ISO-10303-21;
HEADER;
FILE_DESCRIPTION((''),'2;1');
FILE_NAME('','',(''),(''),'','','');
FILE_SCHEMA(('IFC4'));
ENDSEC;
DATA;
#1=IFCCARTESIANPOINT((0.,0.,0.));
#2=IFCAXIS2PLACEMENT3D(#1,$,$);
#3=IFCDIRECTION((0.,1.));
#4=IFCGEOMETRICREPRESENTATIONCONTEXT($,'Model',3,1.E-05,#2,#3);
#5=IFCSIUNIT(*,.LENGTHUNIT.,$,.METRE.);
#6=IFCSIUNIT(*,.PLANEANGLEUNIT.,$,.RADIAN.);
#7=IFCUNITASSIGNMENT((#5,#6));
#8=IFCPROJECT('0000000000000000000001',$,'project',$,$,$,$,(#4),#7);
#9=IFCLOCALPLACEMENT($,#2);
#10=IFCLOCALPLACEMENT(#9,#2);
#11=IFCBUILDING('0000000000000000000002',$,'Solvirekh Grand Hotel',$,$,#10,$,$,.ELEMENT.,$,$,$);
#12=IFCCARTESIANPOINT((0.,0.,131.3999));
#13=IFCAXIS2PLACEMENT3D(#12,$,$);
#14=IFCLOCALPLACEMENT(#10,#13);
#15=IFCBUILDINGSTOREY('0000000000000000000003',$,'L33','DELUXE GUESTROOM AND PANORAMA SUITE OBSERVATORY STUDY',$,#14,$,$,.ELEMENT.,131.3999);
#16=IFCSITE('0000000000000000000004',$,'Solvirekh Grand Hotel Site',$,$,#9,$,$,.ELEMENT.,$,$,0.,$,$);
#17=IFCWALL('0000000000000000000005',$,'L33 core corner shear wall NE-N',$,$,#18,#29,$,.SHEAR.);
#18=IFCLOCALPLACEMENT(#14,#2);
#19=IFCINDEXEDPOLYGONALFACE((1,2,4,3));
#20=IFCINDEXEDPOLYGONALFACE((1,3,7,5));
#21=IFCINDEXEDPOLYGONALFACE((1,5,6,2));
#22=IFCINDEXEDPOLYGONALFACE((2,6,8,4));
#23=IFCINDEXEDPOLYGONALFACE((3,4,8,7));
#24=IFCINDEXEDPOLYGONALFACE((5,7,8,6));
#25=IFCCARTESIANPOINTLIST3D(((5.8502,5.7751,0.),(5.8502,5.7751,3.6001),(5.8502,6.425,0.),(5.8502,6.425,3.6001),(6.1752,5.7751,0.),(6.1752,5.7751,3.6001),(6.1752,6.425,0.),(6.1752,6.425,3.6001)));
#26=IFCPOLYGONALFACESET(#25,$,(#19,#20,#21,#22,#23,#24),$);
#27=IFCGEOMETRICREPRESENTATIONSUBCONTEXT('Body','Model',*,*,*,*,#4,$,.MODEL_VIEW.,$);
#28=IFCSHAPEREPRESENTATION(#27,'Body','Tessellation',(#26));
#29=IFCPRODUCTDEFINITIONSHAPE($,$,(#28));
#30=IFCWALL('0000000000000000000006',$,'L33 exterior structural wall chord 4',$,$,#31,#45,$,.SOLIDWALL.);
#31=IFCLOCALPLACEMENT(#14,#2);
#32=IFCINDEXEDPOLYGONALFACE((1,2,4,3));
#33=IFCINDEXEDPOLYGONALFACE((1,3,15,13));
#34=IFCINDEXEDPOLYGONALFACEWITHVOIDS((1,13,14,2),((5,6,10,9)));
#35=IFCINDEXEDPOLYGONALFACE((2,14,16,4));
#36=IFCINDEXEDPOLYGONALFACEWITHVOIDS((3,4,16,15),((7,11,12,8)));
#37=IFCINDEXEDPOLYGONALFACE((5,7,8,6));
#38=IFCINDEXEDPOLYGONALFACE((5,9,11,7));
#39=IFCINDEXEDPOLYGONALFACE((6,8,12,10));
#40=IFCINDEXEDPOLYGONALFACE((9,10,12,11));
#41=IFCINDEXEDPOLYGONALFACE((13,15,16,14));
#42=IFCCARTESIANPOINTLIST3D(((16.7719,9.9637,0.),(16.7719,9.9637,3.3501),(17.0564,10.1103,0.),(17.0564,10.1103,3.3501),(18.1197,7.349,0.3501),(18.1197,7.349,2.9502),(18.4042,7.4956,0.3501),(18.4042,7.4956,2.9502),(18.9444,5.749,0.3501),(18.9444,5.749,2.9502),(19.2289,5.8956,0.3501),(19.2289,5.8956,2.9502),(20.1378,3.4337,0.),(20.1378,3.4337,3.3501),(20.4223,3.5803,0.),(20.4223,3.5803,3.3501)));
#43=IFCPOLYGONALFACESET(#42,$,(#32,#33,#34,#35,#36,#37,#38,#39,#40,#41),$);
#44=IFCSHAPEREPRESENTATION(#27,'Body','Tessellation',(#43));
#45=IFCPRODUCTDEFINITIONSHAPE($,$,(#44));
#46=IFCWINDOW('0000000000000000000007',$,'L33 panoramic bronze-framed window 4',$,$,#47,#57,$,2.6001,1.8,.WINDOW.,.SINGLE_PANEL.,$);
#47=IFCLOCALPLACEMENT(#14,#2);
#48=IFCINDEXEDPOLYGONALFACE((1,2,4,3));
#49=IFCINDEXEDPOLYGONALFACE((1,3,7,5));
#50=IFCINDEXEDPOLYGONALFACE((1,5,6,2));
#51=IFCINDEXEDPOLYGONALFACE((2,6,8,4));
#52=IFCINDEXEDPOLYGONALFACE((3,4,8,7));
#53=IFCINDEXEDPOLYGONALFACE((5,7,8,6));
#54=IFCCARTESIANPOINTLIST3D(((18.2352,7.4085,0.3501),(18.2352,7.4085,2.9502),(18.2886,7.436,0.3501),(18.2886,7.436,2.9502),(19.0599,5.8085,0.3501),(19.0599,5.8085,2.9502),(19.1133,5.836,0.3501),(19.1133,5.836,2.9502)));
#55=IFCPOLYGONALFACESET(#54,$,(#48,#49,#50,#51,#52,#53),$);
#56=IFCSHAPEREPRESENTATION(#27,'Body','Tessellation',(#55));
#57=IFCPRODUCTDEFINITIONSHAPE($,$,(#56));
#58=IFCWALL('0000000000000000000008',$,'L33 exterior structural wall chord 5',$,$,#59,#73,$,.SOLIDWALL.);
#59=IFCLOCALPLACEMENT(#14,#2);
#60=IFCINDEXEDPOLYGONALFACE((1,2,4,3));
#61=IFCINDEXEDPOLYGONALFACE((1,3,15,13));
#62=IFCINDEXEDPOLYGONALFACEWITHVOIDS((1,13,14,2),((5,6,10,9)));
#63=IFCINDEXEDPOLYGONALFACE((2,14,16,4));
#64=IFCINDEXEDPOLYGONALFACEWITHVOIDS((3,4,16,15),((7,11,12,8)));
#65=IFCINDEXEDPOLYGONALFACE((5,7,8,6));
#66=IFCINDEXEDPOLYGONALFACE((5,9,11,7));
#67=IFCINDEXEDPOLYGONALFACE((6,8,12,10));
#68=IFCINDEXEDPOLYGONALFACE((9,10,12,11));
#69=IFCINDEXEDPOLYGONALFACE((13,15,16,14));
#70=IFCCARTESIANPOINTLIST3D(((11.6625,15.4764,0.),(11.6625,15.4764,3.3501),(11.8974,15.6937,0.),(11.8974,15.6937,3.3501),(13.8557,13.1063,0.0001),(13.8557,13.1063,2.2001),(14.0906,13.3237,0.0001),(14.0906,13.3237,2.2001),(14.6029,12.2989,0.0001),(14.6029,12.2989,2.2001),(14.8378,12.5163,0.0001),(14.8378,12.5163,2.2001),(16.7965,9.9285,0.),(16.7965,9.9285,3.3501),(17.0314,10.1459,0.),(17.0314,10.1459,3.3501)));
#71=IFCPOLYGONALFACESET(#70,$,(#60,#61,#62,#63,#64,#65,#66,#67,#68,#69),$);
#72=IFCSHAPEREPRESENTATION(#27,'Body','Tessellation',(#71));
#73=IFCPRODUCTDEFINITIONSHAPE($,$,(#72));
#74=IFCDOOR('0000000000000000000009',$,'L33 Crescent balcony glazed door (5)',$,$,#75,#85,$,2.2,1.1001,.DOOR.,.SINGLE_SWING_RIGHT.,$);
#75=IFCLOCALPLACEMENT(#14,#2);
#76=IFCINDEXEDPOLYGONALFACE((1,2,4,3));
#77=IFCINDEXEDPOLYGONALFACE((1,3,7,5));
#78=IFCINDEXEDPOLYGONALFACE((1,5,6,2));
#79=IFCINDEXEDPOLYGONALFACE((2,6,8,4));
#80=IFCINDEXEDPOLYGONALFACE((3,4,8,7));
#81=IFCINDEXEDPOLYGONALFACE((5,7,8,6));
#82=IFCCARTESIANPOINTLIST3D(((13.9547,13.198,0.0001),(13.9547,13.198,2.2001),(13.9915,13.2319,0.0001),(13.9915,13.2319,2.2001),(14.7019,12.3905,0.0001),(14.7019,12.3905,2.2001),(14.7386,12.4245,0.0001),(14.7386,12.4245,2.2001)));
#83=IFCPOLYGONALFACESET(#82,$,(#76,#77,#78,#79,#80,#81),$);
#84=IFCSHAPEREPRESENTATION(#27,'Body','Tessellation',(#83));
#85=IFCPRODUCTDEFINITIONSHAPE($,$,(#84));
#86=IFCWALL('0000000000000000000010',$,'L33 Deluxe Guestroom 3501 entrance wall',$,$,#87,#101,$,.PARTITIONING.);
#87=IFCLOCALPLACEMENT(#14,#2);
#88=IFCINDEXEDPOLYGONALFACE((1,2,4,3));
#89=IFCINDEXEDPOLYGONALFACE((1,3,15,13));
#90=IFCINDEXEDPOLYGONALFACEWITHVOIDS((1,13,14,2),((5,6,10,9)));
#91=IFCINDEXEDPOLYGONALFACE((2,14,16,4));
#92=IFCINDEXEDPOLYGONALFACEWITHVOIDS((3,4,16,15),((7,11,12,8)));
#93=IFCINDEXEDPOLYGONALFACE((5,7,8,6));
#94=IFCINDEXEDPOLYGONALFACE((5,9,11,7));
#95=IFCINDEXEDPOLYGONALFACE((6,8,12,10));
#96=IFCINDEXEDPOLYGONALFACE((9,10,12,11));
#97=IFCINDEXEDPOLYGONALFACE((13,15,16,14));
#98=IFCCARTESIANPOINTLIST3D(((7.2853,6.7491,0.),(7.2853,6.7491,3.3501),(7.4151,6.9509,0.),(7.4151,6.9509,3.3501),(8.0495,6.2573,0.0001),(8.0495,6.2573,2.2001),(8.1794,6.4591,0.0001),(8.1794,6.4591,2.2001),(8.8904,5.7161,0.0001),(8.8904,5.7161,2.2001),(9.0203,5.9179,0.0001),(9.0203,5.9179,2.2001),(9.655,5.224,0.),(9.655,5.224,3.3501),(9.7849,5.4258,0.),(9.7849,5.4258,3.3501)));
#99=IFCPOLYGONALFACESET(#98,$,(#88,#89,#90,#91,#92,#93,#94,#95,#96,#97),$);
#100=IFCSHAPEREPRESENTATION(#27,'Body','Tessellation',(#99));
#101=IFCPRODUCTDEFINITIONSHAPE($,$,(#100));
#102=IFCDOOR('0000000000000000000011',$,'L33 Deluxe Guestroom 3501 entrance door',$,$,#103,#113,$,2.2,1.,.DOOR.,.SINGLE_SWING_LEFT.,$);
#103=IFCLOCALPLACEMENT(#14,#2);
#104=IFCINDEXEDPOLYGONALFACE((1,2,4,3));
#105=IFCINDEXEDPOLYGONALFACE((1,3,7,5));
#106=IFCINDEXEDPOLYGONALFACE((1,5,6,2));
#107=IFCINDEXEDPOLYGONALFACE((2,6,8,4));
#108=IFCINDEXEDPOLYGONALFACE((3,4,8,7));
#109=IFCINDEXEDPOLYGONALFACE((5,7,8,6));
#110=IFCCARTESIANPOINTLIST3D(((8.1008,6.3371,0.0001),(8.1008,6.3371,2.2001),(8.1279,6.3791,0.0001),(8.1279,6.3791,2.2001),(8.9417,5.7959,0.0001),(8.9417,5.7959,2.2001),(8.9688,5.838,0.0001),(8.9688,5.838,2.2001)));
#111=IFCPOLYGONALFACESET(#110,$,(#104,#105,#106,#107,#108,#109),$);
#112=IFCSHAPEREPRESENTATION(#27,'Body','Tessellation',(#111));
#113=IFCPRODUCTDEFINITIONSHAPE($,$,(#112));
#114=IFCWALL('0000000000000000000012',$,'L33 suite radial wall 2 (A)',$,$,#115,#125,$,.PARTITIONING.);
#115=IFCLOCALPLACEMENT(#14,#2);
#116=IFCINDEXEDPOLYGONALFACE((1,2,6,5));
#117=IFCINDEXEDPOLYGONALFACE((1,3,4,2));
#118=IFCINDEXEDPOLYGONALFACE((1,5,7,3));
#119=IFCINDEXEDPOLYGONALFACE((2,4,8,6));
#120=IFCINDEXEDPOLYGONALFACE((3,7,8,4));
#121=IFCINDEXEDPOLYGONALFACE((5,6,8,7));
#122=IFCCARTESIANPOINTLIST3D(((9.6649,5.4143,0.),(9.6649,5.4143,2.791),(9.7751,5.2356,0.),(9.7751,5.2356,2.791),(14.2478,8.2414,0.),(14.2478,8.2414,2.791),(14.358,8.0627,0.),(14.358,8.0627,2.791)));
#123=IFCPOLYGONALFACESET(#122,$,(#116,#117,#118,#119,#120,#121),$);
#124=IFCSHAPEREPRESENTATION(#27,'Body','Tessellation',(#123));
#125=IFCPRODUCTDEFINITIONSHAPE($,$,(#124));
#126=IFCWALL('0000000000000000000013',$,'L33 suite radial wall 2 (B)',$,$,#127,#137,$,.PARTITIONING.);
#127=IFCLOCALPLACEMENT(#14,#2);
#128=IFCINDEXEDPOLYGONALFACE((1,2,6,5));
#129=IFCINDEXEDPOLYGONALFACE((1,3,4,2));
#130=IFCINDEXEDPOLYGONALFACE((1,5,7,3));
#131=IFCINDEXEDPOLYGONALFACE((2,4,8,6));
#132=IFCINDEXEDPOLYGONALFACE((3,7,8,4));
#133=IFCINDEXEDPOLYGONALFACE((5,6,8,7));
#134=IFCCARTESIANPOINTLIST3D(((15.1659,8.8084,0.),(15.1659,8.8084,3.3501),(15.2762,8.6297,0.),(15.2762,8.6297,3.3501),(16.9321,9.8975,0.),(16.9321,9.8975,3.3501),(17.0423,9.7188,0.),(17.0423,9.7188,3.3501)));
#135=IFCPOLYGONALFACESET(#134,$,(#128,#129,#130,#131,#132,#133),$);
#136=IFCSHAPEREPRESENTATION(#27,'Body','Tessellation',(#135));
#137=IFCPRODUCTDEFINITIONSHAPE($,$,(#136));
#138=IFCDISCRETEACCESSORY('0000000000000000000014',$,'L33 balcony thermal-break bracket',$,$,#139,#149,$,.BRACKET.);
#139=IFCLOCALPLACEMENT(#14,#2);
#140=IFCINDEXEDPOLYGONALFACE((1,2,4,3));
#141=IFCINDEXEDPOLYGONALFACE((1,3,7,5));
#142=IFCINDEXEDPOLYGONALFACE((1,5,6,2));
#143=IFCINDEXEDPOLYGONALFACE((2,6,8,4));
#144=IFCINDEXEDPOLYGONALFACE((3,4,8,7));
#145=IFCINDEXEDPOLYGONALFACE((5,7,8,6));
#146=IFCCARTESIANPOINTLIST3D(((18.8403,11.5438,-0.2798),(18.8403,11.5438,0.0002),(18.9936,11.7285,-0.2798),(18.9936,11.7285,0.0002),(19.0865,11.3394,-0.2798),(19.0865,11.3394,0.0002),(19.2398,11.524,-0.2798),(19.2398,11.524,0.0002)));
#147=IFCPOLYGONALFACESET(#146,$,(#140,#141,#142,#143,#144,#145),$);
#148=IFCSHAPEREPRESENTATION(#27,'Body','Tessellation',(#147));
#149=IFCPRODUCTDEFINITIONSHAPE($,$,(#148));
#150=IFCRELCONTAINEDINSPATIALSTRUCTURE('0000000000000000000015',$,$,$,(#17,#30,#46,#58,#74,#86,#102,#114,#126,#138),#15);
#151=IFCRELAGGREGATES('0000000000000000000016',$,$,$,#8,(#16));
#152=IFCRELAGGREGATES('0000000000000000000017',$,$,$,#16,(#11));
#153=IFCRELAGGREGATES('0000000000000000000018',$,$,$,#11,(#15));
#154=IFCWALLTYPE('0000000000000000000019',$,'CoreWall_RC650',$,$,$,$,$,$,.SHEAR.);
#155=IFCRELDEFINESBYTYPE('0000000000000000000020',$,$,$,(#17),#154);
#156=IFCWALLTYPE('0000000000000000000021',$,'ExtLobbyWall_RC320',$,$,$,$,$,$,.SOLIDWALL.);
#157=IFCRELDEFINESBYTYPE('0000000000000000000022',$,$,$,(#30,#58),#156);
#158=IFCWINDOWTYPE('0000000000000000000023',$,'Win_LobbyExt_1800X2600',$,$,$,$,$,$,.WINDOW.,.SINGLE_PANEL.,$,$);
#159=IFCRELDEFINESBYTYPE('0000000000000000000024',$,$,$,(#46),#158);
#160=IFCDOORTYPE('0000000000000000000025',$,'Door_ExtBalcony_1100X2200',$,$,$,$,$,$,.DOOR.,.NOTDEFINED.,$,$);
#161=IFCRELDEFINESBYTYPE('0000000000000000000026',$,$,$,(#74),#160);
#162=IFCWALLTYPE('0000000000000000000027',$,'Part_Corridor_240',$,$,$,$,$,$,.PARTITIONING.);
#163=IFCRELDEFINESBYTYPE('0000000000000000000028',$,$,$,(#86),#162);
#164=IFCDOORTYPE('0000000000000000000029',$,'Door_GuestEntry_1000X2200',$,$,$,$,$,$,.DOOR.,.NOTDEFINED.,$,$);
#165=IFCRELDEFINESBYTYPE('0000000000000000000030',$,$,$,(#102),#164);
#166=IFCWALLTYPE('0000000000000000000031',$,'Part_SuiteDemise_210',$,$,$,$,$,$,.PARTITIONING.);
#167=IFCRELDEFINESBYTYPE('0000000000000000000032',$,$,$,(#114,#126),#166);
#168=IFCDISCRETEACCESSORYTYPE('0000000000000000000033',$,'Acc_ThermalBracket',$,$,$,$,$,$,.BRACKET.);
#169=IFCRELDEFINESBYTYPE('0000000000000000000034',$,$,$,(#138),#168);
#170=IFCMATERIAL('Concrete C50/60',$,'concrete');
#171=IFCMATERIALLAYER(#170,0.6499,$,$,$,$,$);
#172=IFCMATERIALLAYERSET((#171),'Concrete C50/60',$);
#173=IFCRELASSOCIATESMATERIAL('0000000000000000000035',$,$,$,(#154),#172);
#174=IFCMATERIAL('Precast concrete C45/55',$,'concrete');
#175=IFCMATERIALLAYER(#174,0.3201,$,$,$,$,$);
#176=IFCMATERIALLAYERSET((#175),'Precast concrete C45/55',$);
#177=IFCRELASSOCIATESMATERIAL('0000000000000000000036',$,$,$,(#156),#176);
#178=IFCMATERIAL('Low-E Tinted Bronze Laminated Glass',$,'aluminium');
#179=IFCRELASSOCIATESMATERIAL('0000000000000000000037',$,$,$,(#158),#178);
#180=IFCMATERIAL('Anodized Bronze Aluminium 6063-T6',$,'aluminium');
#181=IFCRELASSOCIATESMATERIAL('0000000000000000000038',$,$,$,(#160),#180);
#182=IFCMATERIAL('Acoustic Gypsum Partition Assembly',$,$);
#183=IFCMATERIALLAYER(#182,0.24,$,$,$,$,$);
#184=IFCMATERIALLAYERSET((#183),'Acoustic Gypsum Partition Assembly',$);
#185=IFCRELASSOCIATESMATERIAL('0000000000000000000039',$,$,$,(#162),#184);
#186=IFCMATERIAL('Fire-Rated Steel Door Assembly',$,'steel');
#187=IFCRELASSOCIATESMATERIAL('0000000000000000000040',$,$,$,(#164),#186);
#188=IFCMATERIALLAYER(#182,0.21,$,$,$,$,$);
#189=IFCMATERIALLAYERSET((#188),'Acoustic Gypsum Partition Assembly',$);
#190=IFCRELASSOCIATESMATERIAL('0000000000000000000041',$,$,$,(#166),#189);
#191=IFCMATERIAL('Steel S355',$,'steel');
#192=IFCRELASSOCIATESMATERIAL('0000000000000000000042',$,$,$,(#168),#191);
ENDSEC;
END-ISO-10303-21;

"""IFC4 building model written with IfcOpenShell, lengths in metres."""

from ifc_helpers import new_model, si_unit, direction, frame, frame_2d, origin, origin_2d, place, context, subcontext, project, spatial, rectangle, extrude, material, layer, layer_set, type_object, element, fill, save


model = new_model("IFC4")

# Units and contexts
model_context = context("Model", 3, precision=1e-05, world=origin(), true_north=direction((0.0, 1.0)))
body_context = subcontext(model_context, "Body", "Model", "MODEL_VIEW")
ifc_project = project(units=[si_unit("LENGTHUNIT", "METRE"), si_unit("PLANEANGLEUNIT", "RADIAN")], contexts=[model_context])

# Site, building, storey
site_placement = place(None, origin())
site = spatial("IfcSite", under=ifc_project, at=site_placement, Name="Solvirekh Grand Hotel Site", CompositionType="ELEMENT", RefElevation=0.0)
building_placement = place(site_placement, origin())
building = spatial("IfcBuilding", under=site, at=building_placement, Name="Solvirekh Grand Hotel", CompositionType="ELEMENT")
storey_placement = place(building_placement, frame((0.0, 0.0, 131.3999)))
storey = spatial("IfcBuildingStorey", under=building, at=storey_placement, Name="L33", Description="DELUXE GUESTROOM AND PANORAMA SUITE OBSERVATORY STUDY", CompositionType="ELEMENT", Elevation=131.3999)

# Shared definitions
ifc_material_1 = material(Name="Concrete C50/60", Category="concrete")

# Shared definitions
ifc_material_2 = material(Name="Steel S355", Category="steel")

# Wall
ifc_layer_1 = layer(ifc_material_1, 0.6499)
ifc_layer_set_1 = layer_set([ifc_layer_1], Name="Concrete C50/60")
wall_type_1 = type_object("IfcWallType", Name="CoreWall_RC650", PredefinedType="SHEAR", material=ifc_layer_set_1)
wall_1_placement = place(storey_placement, frame((5.8501, 6.1001, 0.0), z_axis=(0.0, 0.0, 1.0), x_axis=(1.0, 0.0, 0.0)))
element("IfcWall", 1, at=wall_1_placement, inside=storey, type_object=wall_type_1, Name="L33 core corner shear wall NE-N", PredefinedType="SHEAR", context=body_context, shape_type="SweptSolid", body=[
    extrude(rectangle(XDim=0.325, YDim=0.6499, at=frame_2d((0.1626, 0.0))), origin(), (0.0, 0.0, 1.0), 3.6001),
])

# Wall, opening, window
ifc_material_3 = material(Name="Precast concrete C45/55", Category="concrete")
ifc_layer_2 = layer(ifc_material_3, 0.3201)
ifc_layer_set_2 = layer_set([ifc_layer_2], Name="Precast concrete C45/55")
wall_type_2 = type_object("IfcWallType", Name="ExtLobbyWall_RC320", PredefinedType="SOLIDWALL", material=ifc_layer_set_2)
wall_2_placement = place(storey_placement, frame((16.9141, 10.0371, 0.0), z_axis=(0.0, 0.0, 1.0), x_axis=(0.458173, -0.888863, 0.0)))
wall_2 = element("IfcWall", 2, at=wall_2_placement, inside=storey, type_object=wall_type_2, Name="L33 exterior structural wall chord 4", PredefinedType="SOLIDWALL", context=body_context, shape_type="SweptSolid", body=[
    extrude(rectangle(XDim=7.3464, YDim=0.3201, at=frame_2d((3.6733, 0.0))), origin(), (0.0, 0.0, 1.0), 3.3501),
])
opening_1_placement = place(wall_2_placement, frame((2.9419, 0.0, 0.3501)))
opening_1 = element("IfcOpeningElement", 3, at=opening_1_placement, cuts=wall_2, PredefinedType="OPENING", context=body_context, shape_type="SweptSolid", body=[
    extrude(rectangle(XDim=1.8, YDim=2.6001, at=frame_2d((0.8999, 1.3))), frame((0.0, 0.1699, 0.0), z_axis=(0.0, -1.0, 0.0), x_axis=(1.0, 0.0, 0.0)), (0.0, 0.0, 1.0), 0.3401),
])
ifc_material_4 = material(Name="Low-E Tinted Bronze Laminated Glass", Category="aluminium")
window_type = type_object("IfcWindowType", Name="Win_LobbyExt_1800X2600", PartitioningType="SINGLE_PANEL", PredefinedType="WINDOW", material=ifc_material_4)
window_placement = place(opening_1_placement, origin())
window = element("IfcWindow", 4, at=window_placement, inside=storey, type_object=window_type, Name="L33 panoramic bronze-framed window 4", OverallHeight=2.6001, OverallWidth=1.8, PartitioningType="SINGLE_PANEL", PredefinedType="WINDOW", context=body_context, shape_type="SweptSolid", body=[
    extrude(rectangle(XDim=1.8, YDim=2.6001, at=frame_2d((0.8999, 1.3))), frame((0.0, 0.03, 0.0), z_axis=(0.0, -1.0, 0.0), x_axis=(1.0, 0.0, 0.0)), (0.0, 0.0, 1.0), 0.0601),
])
fill(opening_1, window)

# Walls, openings, doors
wall_3_placement = place(storey_placement, frame((11.78, 15.585, 0.0), z_axis=(0.0, 0.0, 1.0), x_axis=(0.679204, -0.73395, 0.0)))
wall_3 = element("IfcWall", 5, at=wall_3_placement, inside=storey, type_object=wall_type_2, Name="L33 exterior structural wall chord 5", PredefinedType="SOLIDWALL", context=body_context, shape_type="SweptSolid", body=[
    extrude(rectangle(XDim=7.5588, YDim=0.3201, at=frame_2d((3.7793, 0.0))), origin(), (0.0, 0.0, 1.0), 3.3501),
])
opening_2_placement = place(wall_3_placement, frame((3.229, 0.0, 0.0)))
opening_2 = element("IfcOpeningElement", 6, at=opening_2_placement, cuts=wall_3, PredefinedType="OPENING", context=body_context, shape_type="SweptSolid", body=[
    extrude(rectangle(XDim=1.1001, YDim=2.2, at=frame_2d((0.55, 1.1001))), frame((0.0, 0.1699, 0.0), z_axis=(0.0, -1.0, 0.0), x_axis=(1.0, 0.0, 0.0)), (0.0, 0.0, 1.0), 0.3401),
])
ifc_material_5 = material(Name="Anodized Bronze Aluminium 6063-T6", Category="aluminium")
door_type_1 = type_object("IfcDoorType", Name="Door_ExtBalcony_1100X2200", OperationType="NOTDEFINED", PredefinedType="DOOR", material=ifc_material_5)
door_1_placement = place(opening_2_placement, origin())
door_1 = element("IfcDoor", 7, at=door_1_placement, inside=storey, type_object=door_type_1, Name="L33 Crescent balcony glazed door (5)", OperationType="SINGLE_SWING_RIGHT", OverallHeight=2.2, OverallWidth=1.1001, PredefinedType="DOOR", context=body_context, shape_type="SweptSolid", body=[
    extrude(rectangle(XDim=1.1001, YDim=2.2, at=frame_2d((0.55, 1.1001))), frame((0.0, 0.0249, 0.0), z_axis=(0.0, -1.0, 0.0), x_axis=(1.0, 0.0, 0.0)), (0.0, 0.0, 1.0), 0.05),
])
fill(opening_2, door_1)
ifc_material_6 = material(Name="Acoustic Gypsum Partition Assembly")
ifc_layer_3 = layer(ifc_material_6, 0.24)
ifc_layer_set_3 = layer_set([ifc_layer_3], Name="Acoustic Gypsum Partition Assembly")
wall_type_3 = type_object("IfcWallType", Name="Part_Corridor_240", PredefinedType="PARTITIONING", material=ifc_layer_set_3)
wall_4_placement = place(storey_placement, frame((7.3501, 6.8501, 0.0), z_axis=(0.0, 0.0, 1.0), x_axis=(0.840911, -0.541173, 0.0)))
wall_4 = element("IfcWall", 8, at=wall_4_placement, inside=storey, type_object=wall_type_3, Name="L33 Deluxe Guestroom 3501 entrance wall", PredefinedType="PARTITIONING", context=body_context, shape_type="SweptSolid", body=[
    extrude(rectangle(XDim=2.8181, YDim=0.24, at=frame_2d((1.4092, 0.0))), origin(), (0.0, 0.0, 1.0), 3.3501),
])
opening_3_placement = place(wall_4_placement, frame((0.9089, 0.0, 0.0)))
opening_3 = element("IfcOpeningElement", 9, at=opening_3_placement, cuts=wall_4, PredefinedType="OPENING", context=body_context, shape_type="SweptSolid", body=[
    extrude(rectangle(XDim=1.0, YDim=2.2, at=frame_2d((0.5, 1.1001))), frame((0.0, 0.1299, 0.0), z_axis=(0.0, -1.0, 0.0), x_axis=(1.0, 0.0, 0.0)), (0.0, 0.0, 1.0), 0.26),
])
ifc_material_7 = material(Name="Fire-Rated Steel Door Assembly", Category="steel")
door_type_2 = type_object("IfcDoorType", Name="Door_GuestEntry_1000X2200", OperationType="NOTDEFINED", PredefinedType="DOOR", material=ifc_material_7)
door_2_placement = place(opening_3_placement, origin())
door_2 = element("IfcDoor", 10, at=door_2_placement, inside=storey, type_object=door_type_2, Name="L33 Deluxe Guestroom 3501 entrance door", OperationType="SINGLE_SWING_LEFT", OverallHeight=2.2, OverallWidth=1.0, PredefinedType="DOOR", context=body_context, shape_type="SweptSolid", body=[
    extrude(rectangle(XDim=1.0, YDim=2.2, at=frame_2d((0.5, 1.1001))), frame((0.0, 0.0249, 0.0), z_axis=(0.0, -1.0, 0.0), x_axis=(1.0, 0.0, 0.0)), (0.0, 0.0, 1.0), 0.05),
])
fill(opening_3, door_2)

# Walls
ifc_layer_4 = layer(ifc_material_6, 0.21)
ifc_layer_set_4 = layer_set([ifc_layer_4], Name="Acoustic Gypsum Partition Assembly")
wall_type_4 = type_object("IfcWallType", Name="Part_SuiteDemise_210", PredefinedType="PARTITIONING", material=ifc_layer_set_4)
wall_5_placement = place(storey_placement, frame((9.72, 5.325, 0.0), z_axis=(0.0, 0.0, 1.0), x_axis=(0.851091, 0.525018, 0.0)))
element("IfcWall", 11, at=wall_5_placement, inside=storey, type_object=wall_type_4, Name="L33 suite radial wall 2 (A)", PredefinedType="PARTITIONING", context=body_context, shape_type="SweptSolid", body=[
    extrude(rectangle(XDim=5.3848, YDim=0.21, at=frame_2d((2.6924, 0.0))), origin(), (0.0, 0.0, 1.0), 2.791),
])
wall_6_placement = place(storey_placement, frame((15.2209, 8.719, 0.0), z_axis=(0.0, 0.0, 1.0), x_axis=(0.851169, 0.524892, 0.0)))
element("IfcWall", 12, at=wall_6_placement, inside=storey, type_object=wall_type_4, Name="L33 suite radial wall 2 (B)", PredefinedType="PARTITIONING", context=body_context, shape_type="SweptSolid", body=[
    extrude(rectangle(XDim=2.075, YDim=0.21, at=frame_2d((1.0376, 0.0))), origin(), (0.0, 0.0, 1.0), 3.3501),
])

# Discrete accessory
discrete_accessory_type = type_object("IfcDiscreteAccessoryType", Name="Acc_ThermalBracket", PredefinedType="BRACKET", material=ifc_material_2)
discrete_accessory_placement = place(storey_placement, frame((19.04, 11.5339, -0.2798), z_axis=(0.0, 0.0, 1.0), x_axis=(0.7694, -0.638768, 0.0)))
element("IfcDiscreteAccessory", 13, at=discrete_accessory_placement, inside=storey, type_object=discrete_accessory_type, Name="L33 balcony thermal-break bracket", PredefinedType="BRACKET", context=body_context, shape_type="SweptSolid", body=[
    extrude(rectangle(XDim=0.3201, YDim=0.24, at=origin_2d()), origin(), (0.0, 0.0, 1.0), 0.28),
])

save(model, "model.ifc")
